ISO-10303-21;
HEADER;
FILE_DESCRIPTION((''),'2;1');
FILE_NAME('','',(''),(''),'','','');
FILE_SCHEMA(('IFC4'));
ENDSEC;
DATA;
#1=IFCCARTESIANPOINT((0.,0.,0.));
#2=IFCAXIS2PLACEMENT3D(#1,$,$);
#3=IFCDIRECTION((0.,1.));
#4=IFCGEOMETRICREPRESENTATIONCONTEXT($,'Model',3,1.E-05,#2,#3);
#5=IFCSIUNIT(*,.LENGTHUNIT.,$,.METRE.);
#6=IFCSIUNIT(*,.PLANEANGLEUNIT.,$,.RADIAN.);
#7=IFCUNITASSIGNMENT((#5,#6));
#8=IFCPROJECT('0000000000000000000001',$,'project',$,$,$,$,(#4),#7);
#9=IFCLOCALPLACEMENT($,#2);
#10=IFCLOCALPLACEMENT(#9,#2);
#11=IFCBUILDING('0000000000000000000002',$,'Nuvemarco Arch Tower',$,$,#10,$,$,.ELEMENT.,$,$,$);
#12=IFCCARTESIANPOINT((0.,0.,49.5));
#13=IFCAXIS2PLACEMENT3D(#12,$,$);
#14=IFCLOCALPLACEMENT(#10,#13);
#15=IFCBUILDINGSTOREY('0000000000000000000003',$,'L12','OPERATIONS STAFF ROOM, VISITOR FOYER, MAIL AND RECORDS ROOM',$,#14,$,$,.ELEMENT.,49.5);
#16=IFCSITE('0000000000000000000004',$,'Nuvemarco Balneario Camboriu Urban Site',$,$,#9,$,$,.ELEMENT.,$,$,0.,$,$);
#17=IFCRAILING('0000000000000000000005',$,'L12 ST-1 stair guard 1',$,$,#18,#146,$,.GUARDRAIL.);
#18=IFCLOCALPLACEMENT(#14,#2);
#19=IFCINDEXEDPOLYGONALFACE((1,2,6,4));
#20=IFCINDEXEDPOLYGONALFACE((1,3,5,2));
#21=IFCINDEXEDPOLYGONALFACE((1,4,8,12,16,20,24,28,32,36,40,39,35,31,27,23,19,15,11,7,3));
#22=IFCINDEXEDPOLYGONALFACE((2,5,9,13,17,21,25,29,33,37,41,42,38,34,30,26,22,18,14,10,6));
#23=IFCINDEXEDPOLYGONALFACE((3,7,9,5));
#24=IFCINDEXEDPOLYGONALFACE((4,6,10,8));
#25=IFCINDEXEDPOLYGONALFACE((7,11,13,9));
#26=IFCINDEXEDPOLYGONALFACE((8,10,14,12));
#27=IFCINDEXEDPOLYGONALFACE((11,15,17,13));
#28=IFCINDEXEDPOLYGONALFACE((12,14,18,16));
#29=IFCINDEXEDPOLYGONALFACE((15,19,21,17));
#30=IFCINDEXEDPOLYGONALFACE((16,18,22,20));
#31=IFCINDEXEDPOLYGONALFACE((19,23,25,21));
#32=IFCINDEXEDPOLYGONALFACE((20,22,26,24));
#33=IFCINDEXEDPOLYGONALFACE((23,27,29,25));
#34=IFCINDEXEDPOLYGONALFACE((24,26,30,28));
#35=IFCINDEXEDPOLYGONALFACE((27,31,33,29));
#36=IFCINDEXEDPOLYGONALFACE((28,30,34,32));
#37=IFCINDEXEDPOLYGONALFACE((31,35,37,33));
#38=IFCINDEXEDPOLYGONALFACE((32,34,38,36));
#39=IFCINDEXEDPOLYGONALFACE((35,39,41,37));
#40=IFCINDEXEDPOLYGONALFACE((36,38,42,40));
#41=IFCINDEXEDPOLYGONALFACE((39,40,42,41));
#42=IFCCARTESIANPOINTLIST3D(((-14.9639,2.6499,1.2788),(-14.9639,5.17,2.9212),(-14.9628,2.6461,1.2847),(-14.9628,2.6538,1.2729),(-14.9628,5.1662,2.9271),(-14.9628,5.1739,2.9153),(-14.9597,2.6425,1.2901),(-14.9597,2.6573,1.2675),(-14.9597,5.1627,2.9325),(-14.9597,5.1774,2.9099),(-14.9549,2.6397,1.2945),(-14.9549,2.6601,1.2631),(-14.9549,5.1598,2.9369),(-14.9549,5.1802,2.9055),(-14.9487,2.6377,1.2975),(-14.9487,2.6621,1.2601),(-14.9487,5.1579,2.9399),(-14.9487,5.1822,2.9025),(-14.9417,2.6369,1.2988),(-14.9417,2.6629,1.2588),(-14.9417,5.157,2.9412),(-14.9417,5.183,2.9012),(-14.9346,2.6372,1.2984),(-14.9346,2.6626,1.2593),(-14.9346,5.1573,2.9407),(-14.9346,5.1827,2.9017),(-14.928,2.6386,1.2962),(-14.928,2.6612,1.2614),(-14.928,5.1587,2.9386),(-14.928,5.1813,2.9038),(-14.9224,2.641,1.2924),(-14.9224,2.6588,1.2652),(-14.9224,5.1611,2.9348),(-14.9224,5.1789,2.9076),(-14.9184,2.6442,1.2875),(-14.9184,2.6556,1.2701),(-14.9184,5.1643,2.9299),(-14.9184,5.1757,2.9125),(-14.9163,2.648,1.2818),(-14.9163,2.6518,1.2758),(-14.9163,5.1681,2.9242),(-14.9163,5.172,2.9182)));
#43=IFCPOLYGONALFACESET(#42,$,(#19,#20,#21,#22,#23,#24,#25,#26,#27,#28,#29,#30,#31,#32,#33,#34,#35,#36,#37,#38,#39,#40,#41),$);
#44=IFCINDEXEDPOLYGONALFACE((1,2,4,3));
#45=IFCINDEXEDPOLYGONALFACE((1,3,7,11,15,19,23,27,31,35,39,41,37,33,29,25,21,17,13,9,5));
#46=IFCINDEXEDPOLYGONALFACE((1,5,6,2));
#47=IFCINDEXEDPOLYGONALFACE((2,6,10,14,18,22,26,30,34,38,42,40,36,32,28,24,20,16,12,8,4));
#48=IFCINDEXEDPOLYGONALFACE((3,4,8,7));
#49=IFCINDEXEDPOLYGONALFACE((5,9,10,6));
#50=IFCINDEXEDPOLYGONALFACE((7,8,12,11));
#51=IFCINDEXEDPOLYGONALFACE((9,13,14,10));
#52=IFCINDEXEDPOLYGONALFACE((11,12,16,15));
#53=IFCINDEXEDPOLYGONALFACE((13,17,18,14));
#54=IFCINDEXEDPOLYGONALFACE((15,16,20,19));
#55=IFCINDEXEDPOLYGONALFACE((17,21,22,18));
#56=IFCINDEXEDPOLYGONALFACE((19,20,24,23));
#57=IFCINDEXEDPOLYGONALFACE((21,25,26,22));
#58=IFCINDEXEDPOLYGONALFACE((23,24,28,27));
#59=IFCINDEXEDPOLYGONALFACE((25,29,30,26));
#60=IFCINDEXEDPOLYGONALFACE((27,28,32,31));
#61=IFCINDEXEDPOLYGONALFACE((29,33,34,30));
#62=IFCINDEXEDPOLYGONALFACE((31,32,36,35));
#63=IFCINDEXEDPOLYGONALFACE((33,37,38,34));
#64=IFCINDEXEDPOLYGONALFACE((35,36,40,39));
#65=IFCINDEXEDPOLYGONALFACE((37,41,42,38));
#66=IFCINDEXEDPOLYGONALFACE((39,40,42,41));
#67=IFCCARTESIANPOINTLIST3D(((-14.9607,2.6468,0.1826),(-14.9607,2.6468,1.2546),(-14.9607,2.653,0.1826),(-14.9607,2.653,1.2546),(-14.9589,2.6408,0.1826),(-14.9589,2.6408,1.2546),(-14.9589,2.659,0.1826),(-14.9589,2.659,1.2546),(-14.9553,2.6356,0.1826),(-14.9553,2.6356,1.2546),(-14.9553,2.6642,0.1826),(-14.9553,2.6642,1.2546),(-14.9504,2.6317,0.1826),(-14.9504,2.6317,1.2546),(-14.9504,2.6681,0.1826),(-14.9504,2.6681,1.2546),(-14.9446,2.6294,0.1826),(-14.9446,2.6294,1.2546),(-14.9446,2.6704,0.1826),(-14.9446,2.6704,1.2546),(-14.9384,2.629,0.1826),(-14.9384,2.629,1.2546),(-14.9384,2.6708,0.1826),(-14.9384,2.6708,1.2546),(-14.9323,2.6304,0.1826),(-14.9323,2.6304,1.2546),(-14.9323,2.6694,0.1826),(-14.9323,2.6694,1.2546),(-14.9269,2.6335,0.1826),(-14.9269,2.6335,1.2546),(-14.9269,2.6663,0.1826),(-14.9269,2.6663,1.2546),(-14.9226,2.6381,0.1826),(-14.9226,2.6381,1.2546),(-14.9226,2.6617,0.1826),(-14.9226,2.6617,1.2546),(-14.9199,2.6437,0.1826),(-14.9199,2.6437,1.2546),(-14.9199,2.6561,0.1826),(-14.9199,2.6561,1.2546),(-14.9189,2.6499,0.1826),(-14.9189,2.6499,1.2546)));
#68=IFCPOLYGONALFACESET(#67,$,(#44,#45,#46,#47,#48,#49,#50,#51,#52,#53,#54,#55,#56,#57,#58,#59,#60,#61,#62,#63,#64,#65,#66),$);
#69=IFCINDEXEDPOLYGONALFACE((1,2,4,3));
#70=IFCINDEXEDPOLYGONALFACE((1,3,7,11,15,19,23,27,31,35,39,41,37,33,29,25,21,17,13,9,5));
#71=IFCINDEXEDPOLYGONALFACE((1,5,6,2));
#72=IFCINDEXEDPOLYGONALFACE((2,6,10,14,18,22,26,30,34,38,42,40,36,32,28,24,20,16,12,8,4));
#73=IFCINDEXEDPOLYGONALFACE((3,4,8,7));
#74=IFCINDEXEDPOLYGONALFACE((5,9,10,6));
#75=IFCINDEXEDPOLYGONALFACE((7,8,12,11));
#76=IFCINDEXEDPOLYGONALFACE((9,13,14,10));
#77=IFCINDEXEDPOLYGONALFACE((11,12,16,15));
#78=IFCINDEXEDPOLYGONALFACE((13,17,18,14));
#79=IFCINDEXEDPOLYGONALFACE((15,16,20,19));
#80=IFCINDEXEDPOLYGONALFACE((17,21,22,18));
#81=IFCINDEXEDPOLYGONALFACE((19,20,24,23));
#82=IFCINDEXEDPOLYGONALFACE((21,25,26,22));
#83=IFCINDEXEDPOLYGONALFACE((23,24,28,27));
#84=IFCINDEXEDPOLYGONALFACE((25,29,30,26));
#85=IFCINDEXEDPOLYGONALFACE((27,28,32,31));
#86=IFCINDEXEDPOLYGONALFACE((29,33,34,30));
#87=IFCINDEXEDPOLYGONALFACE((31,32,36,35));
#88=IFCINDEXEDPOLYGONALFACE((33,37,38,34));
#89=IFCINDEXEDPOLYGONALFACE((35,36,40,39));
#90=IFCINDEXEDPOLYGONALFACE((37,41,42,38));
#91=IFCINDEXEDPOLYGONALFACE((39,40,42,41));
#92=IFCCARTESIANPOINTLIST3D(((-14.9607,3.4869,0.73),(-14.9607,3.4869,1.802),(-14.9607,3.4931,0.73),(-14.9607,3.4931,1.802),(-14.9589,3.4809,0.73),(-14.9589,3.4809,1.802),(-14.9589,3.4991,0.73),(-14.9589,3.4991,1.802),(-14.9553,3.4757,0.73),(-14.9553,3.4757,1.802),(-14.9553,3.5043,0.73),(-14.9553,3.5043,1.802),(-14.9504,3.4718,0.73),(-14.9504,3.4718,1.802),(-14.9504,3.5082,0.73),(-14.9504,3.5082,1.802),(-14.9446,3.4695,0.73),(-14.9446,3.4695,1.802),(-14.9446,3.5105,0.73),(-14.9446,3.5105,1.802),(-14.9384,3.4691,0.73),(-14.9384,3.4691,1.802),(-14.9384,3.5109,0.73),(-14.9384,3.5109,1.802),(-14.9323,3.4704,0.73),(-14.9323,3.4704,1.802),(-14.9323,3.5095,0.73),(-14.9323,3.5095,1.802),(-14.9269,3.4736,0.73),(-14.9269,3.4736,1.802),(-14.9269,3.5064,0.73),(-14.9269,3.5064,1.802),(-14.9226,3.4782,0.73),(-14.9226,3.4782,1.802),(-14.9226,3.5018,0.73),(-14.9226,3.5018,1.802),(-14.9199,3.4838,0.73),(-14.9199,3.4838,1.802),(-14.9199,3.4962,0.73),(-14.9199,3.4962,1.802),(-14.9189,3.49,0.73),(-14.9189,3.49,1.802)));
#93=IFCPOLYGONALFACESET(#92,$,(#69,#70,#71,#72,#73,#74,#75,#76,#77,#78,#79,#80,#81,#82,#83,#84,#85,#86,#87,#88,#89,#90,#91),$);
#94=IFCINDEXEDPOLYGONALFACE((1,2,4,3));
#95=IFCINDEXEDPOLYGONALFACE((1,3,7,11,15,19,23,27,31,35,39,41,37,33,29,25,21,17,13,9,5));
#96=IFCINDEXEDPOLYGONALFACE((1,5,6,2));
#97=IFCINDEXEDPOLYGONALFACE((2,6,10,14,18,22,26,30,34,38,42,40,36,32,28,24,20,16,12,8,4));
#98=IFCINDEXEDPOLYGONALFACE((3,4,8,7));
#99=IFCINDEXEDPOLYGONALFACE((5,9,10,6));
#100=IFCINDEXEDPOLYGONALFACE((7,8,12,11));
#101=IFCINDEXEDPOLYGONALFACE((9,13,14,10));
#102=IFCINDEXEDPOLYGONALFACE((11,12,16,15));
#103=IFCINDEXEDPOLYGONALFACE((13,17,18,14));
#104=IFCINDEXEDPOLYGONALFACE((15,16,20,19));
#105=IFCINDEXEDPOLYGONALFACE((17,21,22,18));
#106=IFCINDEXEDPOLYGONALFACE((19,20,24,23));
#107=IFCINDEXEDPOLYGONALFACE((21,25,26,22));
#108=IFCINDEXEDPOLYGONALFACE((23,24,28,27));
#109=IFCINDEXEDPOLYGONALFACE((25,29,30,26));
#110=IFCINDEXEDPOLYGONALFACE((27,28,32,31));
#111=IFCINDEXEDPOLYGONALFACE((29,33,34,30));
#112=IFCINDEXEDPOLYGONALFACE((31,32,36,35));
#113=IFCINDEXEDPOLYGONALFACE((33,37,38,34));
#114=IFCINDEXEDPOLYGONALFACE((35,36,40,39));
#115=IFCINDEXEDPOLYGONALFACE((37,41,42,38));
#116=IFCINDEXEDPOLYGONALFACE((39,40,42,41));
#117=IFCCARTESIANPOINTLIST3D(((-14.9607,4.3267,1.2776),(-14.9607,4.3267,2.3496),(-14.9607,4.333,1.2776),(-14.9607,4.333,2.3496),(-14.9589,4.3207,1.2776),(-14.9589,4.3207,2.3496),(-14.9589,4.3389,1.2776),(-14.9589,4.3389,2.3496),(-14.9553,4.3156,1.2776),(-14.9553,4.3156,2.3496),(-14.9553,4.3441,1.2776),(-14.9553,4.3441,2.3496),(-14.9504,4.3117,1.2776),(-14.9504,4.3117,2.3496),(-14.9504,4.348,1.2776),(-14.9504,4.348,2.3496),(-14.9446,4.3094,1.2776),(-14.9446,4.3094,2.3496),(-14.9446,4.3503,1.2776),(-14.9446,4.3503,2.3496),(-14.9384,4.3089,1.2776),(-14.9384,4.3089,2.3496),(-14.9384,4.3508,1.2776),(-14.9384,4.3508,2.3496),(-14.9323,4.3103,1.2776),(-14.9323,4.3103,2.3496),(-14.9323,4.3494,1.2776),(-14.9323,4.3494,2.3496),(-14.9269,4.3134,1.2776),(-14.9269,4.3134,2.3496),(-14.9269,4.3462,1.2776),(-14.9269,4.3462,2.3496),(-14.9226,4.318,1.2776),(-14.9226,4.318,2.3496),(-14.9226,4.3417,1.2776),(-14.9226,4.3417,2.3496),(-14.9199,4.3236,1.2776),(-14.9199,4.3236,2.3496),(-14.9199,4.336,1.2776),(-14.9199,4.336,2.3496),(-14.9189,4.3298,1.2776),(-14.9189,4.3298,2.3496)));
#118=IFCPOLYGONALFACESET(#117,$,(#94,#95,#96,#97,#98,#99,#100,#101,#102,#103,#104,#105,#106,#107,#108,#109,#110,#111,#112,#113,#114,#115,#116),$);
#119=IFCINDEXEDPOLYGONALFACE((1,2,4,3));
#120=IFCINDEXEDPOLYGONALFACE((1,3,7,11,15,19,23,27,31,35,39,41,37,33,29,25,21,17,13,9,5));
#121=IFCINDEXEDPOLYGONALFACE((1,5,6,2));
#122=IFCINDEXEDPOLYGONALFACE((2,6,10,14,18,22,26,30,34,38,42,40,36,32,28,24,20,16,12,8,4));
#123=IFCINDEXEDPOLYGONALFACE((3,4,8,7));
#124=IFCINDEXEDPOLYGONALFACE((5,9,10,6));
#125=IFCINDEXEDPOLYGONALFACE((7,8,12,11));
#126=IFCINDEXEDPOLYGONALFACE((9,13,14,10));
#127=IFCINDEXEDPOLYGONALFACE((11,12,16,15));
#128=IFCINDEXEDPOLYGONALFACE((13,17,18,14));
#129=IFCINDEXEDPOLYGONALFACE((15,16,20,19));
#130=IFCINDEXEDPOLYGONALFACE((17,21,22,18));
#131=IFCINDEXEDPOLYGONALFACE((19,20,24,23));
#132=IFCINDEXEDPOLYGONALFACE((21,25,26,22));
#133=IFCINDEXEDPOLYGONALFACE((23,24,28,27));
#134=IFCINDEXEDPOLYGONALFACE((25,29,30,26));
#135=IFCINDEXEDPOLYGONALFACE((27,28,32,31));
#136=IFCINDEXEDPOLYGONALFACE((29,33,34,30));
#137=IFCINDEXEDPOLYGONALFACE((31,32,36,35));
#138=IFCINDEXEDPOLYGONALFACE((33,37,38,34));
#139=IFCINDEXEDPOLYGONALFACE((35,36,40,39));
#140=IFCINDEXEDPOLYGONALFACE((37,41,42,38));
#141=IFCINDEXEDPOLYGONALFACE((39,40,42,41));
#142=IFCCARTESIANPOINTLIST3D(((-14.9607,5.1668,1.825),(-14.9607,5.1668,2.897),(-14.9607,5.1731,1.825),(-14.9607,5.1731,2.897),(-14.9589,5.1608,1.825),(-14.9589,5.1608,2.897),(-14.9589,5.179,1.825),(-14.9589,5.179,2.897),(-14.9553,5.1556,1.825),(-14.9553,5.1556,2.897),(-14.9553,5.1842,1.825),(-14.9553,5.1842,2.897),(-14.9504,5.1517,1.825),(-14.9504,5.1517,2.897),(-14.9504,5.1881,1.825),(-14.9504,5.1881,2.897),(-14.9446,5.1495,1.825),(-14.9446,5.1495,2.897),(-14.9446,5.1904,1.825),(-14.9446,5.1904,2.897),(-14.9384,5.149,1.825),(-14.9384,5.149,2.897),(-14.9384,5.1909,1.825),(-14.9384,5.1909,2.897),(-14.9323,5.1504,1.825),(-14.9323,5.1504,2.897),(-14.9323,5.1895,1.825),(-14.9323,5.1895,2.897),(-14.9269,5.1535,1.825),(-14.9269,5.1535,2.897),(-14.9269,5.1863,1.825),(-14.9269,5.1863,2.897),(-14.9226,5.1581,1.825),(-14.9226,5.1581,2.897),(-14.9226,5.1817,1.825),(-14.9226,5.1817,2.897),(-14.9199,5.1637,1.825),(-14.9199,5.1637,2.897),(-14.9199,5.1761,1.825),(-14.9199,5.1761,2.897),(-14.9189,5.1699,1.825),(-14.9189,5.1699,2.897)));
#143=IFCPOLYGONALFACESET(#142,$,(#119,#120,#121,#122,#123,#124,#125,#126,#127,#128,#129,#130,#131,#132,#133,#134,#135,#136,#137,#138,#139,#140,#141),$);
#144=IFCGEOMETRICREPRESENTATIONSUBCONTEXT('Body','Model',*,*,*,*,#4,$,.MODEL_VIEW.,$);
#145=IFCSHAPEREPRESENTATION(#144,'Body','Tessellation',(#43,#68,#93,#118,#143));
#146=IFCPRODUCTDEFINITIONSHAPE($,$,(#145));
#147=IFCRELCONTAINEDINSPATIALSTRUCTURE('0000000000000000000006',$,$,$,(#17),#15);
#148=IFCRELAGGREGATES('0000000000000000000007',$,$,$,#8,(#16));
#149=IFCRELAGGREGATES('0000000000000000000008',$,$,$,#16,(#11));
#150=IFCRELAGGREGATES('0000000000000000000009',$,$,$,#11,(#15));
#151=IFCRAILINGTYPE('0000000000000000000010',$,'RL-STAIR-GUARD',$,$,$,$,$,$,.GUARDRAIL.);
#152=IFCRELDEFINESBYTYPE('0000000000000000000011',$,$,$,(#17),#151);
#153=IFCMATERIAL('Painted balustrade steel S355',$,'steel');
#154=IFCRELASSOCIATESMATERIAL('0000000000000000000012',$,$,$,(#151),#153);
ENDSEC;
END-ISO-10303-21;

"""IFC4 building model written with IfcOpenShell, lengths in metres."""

from ifc_helpers import new_model, si_unit, direction, frame, origin, origin_2d, place, context, subcontext, project, spatial, circle, extrude, material, type_object, element, save


model = new_model("IFC4")

# Units and contexts
model_context = context("Model", 3, precision=1e-05, world=origin(), true_north=direction((0.0, 1.0)))
body_context = subcontext(model_context, "Body", "Model", "MODEL_VIEW")
ifc_project = project(units=[si_unit("LENGTHUNIT", "METRE"), si_unit("PLANEANGLEUNIT", "RADIAN")], contexts=[model_context])

# Site, building, storey
site_placement = place(None, origin())
site = spatial("IfcSite", under=ifc_project, at=site_placement, Name="Nuvemarco Balneario Camboriu Urban Site", CompositionType="ELEMENT", RefElevation=0.0)
building_placement = place(site_placement, origin())
building = spatial("IfcBuilding", under=site, at=building_placement, Name="Nuvemarco Arch Tower", CompositionType="ELEMENT")
storey_placement = place(building_placement, frame((0.0, 0.0, 49.5)))
storey = spatial("IfcBuildingStorey", under=building, at=storey_placement, Name="L12", Description="OPERATIONS STAFF ROOM, VISITOR FOYER, MAIL AND RECORDS ROOM", CompositionType="ELEMENT", Elevation=49.5)

# Railing
ifc_material_1 = material(Name="Painted balustrade steel S355", Category="steel")
railing_type_1 = type_object("IfcRailingType", Name="RL-STAIR-GUARD", PredefinedType="GUARDRAIL", material=ifc_material_1)
railing_1_placement = place(storey_placement, frame((-14.9399, 2.6499, 0.1826)))
element("IfcRailing", 1, at=railing_1_placement, inside=storey, type_object=railing_type_1, Name="L12 ST-1 stair guard 1", PredefinedType="GUARDRAIL", context=body_context, shape_type="SweptSolid", body=[
    extrude(circle(Radius=0.0239, at=origin_2d()), frame((0.0, 0.0, 1.0962), z_axis=(0.0, 0.837787, 0.545998), x_axis=(-1.0, 0.0, 0.0)), (0.0, 0.0, 1.0), 3.0081),
    extrude(circle(Radius=0.021, at=origin_2d()), origin(), (0.0, 0.0, 1.0), 1.072),
    extrude(circle(Radius=0.021, at=origin_2d()), frame((0.0, 0.8401, 0.5474)), (0.0, 0.0, 1.0), 1.072),
    extrude(circle(Radius=0.021, at=origin_2d()), frame((0.0, 1.6799, 1.095)), (0.0, 0.0, 1.0), 1.072),
    extrude(circle(Radius=0.021, at=origin_2d()), frame((0.0, 2.52, 1.6423)), (0.0, 0.0, 1.0), 1.072),
])

save(model, "model.ifc")
